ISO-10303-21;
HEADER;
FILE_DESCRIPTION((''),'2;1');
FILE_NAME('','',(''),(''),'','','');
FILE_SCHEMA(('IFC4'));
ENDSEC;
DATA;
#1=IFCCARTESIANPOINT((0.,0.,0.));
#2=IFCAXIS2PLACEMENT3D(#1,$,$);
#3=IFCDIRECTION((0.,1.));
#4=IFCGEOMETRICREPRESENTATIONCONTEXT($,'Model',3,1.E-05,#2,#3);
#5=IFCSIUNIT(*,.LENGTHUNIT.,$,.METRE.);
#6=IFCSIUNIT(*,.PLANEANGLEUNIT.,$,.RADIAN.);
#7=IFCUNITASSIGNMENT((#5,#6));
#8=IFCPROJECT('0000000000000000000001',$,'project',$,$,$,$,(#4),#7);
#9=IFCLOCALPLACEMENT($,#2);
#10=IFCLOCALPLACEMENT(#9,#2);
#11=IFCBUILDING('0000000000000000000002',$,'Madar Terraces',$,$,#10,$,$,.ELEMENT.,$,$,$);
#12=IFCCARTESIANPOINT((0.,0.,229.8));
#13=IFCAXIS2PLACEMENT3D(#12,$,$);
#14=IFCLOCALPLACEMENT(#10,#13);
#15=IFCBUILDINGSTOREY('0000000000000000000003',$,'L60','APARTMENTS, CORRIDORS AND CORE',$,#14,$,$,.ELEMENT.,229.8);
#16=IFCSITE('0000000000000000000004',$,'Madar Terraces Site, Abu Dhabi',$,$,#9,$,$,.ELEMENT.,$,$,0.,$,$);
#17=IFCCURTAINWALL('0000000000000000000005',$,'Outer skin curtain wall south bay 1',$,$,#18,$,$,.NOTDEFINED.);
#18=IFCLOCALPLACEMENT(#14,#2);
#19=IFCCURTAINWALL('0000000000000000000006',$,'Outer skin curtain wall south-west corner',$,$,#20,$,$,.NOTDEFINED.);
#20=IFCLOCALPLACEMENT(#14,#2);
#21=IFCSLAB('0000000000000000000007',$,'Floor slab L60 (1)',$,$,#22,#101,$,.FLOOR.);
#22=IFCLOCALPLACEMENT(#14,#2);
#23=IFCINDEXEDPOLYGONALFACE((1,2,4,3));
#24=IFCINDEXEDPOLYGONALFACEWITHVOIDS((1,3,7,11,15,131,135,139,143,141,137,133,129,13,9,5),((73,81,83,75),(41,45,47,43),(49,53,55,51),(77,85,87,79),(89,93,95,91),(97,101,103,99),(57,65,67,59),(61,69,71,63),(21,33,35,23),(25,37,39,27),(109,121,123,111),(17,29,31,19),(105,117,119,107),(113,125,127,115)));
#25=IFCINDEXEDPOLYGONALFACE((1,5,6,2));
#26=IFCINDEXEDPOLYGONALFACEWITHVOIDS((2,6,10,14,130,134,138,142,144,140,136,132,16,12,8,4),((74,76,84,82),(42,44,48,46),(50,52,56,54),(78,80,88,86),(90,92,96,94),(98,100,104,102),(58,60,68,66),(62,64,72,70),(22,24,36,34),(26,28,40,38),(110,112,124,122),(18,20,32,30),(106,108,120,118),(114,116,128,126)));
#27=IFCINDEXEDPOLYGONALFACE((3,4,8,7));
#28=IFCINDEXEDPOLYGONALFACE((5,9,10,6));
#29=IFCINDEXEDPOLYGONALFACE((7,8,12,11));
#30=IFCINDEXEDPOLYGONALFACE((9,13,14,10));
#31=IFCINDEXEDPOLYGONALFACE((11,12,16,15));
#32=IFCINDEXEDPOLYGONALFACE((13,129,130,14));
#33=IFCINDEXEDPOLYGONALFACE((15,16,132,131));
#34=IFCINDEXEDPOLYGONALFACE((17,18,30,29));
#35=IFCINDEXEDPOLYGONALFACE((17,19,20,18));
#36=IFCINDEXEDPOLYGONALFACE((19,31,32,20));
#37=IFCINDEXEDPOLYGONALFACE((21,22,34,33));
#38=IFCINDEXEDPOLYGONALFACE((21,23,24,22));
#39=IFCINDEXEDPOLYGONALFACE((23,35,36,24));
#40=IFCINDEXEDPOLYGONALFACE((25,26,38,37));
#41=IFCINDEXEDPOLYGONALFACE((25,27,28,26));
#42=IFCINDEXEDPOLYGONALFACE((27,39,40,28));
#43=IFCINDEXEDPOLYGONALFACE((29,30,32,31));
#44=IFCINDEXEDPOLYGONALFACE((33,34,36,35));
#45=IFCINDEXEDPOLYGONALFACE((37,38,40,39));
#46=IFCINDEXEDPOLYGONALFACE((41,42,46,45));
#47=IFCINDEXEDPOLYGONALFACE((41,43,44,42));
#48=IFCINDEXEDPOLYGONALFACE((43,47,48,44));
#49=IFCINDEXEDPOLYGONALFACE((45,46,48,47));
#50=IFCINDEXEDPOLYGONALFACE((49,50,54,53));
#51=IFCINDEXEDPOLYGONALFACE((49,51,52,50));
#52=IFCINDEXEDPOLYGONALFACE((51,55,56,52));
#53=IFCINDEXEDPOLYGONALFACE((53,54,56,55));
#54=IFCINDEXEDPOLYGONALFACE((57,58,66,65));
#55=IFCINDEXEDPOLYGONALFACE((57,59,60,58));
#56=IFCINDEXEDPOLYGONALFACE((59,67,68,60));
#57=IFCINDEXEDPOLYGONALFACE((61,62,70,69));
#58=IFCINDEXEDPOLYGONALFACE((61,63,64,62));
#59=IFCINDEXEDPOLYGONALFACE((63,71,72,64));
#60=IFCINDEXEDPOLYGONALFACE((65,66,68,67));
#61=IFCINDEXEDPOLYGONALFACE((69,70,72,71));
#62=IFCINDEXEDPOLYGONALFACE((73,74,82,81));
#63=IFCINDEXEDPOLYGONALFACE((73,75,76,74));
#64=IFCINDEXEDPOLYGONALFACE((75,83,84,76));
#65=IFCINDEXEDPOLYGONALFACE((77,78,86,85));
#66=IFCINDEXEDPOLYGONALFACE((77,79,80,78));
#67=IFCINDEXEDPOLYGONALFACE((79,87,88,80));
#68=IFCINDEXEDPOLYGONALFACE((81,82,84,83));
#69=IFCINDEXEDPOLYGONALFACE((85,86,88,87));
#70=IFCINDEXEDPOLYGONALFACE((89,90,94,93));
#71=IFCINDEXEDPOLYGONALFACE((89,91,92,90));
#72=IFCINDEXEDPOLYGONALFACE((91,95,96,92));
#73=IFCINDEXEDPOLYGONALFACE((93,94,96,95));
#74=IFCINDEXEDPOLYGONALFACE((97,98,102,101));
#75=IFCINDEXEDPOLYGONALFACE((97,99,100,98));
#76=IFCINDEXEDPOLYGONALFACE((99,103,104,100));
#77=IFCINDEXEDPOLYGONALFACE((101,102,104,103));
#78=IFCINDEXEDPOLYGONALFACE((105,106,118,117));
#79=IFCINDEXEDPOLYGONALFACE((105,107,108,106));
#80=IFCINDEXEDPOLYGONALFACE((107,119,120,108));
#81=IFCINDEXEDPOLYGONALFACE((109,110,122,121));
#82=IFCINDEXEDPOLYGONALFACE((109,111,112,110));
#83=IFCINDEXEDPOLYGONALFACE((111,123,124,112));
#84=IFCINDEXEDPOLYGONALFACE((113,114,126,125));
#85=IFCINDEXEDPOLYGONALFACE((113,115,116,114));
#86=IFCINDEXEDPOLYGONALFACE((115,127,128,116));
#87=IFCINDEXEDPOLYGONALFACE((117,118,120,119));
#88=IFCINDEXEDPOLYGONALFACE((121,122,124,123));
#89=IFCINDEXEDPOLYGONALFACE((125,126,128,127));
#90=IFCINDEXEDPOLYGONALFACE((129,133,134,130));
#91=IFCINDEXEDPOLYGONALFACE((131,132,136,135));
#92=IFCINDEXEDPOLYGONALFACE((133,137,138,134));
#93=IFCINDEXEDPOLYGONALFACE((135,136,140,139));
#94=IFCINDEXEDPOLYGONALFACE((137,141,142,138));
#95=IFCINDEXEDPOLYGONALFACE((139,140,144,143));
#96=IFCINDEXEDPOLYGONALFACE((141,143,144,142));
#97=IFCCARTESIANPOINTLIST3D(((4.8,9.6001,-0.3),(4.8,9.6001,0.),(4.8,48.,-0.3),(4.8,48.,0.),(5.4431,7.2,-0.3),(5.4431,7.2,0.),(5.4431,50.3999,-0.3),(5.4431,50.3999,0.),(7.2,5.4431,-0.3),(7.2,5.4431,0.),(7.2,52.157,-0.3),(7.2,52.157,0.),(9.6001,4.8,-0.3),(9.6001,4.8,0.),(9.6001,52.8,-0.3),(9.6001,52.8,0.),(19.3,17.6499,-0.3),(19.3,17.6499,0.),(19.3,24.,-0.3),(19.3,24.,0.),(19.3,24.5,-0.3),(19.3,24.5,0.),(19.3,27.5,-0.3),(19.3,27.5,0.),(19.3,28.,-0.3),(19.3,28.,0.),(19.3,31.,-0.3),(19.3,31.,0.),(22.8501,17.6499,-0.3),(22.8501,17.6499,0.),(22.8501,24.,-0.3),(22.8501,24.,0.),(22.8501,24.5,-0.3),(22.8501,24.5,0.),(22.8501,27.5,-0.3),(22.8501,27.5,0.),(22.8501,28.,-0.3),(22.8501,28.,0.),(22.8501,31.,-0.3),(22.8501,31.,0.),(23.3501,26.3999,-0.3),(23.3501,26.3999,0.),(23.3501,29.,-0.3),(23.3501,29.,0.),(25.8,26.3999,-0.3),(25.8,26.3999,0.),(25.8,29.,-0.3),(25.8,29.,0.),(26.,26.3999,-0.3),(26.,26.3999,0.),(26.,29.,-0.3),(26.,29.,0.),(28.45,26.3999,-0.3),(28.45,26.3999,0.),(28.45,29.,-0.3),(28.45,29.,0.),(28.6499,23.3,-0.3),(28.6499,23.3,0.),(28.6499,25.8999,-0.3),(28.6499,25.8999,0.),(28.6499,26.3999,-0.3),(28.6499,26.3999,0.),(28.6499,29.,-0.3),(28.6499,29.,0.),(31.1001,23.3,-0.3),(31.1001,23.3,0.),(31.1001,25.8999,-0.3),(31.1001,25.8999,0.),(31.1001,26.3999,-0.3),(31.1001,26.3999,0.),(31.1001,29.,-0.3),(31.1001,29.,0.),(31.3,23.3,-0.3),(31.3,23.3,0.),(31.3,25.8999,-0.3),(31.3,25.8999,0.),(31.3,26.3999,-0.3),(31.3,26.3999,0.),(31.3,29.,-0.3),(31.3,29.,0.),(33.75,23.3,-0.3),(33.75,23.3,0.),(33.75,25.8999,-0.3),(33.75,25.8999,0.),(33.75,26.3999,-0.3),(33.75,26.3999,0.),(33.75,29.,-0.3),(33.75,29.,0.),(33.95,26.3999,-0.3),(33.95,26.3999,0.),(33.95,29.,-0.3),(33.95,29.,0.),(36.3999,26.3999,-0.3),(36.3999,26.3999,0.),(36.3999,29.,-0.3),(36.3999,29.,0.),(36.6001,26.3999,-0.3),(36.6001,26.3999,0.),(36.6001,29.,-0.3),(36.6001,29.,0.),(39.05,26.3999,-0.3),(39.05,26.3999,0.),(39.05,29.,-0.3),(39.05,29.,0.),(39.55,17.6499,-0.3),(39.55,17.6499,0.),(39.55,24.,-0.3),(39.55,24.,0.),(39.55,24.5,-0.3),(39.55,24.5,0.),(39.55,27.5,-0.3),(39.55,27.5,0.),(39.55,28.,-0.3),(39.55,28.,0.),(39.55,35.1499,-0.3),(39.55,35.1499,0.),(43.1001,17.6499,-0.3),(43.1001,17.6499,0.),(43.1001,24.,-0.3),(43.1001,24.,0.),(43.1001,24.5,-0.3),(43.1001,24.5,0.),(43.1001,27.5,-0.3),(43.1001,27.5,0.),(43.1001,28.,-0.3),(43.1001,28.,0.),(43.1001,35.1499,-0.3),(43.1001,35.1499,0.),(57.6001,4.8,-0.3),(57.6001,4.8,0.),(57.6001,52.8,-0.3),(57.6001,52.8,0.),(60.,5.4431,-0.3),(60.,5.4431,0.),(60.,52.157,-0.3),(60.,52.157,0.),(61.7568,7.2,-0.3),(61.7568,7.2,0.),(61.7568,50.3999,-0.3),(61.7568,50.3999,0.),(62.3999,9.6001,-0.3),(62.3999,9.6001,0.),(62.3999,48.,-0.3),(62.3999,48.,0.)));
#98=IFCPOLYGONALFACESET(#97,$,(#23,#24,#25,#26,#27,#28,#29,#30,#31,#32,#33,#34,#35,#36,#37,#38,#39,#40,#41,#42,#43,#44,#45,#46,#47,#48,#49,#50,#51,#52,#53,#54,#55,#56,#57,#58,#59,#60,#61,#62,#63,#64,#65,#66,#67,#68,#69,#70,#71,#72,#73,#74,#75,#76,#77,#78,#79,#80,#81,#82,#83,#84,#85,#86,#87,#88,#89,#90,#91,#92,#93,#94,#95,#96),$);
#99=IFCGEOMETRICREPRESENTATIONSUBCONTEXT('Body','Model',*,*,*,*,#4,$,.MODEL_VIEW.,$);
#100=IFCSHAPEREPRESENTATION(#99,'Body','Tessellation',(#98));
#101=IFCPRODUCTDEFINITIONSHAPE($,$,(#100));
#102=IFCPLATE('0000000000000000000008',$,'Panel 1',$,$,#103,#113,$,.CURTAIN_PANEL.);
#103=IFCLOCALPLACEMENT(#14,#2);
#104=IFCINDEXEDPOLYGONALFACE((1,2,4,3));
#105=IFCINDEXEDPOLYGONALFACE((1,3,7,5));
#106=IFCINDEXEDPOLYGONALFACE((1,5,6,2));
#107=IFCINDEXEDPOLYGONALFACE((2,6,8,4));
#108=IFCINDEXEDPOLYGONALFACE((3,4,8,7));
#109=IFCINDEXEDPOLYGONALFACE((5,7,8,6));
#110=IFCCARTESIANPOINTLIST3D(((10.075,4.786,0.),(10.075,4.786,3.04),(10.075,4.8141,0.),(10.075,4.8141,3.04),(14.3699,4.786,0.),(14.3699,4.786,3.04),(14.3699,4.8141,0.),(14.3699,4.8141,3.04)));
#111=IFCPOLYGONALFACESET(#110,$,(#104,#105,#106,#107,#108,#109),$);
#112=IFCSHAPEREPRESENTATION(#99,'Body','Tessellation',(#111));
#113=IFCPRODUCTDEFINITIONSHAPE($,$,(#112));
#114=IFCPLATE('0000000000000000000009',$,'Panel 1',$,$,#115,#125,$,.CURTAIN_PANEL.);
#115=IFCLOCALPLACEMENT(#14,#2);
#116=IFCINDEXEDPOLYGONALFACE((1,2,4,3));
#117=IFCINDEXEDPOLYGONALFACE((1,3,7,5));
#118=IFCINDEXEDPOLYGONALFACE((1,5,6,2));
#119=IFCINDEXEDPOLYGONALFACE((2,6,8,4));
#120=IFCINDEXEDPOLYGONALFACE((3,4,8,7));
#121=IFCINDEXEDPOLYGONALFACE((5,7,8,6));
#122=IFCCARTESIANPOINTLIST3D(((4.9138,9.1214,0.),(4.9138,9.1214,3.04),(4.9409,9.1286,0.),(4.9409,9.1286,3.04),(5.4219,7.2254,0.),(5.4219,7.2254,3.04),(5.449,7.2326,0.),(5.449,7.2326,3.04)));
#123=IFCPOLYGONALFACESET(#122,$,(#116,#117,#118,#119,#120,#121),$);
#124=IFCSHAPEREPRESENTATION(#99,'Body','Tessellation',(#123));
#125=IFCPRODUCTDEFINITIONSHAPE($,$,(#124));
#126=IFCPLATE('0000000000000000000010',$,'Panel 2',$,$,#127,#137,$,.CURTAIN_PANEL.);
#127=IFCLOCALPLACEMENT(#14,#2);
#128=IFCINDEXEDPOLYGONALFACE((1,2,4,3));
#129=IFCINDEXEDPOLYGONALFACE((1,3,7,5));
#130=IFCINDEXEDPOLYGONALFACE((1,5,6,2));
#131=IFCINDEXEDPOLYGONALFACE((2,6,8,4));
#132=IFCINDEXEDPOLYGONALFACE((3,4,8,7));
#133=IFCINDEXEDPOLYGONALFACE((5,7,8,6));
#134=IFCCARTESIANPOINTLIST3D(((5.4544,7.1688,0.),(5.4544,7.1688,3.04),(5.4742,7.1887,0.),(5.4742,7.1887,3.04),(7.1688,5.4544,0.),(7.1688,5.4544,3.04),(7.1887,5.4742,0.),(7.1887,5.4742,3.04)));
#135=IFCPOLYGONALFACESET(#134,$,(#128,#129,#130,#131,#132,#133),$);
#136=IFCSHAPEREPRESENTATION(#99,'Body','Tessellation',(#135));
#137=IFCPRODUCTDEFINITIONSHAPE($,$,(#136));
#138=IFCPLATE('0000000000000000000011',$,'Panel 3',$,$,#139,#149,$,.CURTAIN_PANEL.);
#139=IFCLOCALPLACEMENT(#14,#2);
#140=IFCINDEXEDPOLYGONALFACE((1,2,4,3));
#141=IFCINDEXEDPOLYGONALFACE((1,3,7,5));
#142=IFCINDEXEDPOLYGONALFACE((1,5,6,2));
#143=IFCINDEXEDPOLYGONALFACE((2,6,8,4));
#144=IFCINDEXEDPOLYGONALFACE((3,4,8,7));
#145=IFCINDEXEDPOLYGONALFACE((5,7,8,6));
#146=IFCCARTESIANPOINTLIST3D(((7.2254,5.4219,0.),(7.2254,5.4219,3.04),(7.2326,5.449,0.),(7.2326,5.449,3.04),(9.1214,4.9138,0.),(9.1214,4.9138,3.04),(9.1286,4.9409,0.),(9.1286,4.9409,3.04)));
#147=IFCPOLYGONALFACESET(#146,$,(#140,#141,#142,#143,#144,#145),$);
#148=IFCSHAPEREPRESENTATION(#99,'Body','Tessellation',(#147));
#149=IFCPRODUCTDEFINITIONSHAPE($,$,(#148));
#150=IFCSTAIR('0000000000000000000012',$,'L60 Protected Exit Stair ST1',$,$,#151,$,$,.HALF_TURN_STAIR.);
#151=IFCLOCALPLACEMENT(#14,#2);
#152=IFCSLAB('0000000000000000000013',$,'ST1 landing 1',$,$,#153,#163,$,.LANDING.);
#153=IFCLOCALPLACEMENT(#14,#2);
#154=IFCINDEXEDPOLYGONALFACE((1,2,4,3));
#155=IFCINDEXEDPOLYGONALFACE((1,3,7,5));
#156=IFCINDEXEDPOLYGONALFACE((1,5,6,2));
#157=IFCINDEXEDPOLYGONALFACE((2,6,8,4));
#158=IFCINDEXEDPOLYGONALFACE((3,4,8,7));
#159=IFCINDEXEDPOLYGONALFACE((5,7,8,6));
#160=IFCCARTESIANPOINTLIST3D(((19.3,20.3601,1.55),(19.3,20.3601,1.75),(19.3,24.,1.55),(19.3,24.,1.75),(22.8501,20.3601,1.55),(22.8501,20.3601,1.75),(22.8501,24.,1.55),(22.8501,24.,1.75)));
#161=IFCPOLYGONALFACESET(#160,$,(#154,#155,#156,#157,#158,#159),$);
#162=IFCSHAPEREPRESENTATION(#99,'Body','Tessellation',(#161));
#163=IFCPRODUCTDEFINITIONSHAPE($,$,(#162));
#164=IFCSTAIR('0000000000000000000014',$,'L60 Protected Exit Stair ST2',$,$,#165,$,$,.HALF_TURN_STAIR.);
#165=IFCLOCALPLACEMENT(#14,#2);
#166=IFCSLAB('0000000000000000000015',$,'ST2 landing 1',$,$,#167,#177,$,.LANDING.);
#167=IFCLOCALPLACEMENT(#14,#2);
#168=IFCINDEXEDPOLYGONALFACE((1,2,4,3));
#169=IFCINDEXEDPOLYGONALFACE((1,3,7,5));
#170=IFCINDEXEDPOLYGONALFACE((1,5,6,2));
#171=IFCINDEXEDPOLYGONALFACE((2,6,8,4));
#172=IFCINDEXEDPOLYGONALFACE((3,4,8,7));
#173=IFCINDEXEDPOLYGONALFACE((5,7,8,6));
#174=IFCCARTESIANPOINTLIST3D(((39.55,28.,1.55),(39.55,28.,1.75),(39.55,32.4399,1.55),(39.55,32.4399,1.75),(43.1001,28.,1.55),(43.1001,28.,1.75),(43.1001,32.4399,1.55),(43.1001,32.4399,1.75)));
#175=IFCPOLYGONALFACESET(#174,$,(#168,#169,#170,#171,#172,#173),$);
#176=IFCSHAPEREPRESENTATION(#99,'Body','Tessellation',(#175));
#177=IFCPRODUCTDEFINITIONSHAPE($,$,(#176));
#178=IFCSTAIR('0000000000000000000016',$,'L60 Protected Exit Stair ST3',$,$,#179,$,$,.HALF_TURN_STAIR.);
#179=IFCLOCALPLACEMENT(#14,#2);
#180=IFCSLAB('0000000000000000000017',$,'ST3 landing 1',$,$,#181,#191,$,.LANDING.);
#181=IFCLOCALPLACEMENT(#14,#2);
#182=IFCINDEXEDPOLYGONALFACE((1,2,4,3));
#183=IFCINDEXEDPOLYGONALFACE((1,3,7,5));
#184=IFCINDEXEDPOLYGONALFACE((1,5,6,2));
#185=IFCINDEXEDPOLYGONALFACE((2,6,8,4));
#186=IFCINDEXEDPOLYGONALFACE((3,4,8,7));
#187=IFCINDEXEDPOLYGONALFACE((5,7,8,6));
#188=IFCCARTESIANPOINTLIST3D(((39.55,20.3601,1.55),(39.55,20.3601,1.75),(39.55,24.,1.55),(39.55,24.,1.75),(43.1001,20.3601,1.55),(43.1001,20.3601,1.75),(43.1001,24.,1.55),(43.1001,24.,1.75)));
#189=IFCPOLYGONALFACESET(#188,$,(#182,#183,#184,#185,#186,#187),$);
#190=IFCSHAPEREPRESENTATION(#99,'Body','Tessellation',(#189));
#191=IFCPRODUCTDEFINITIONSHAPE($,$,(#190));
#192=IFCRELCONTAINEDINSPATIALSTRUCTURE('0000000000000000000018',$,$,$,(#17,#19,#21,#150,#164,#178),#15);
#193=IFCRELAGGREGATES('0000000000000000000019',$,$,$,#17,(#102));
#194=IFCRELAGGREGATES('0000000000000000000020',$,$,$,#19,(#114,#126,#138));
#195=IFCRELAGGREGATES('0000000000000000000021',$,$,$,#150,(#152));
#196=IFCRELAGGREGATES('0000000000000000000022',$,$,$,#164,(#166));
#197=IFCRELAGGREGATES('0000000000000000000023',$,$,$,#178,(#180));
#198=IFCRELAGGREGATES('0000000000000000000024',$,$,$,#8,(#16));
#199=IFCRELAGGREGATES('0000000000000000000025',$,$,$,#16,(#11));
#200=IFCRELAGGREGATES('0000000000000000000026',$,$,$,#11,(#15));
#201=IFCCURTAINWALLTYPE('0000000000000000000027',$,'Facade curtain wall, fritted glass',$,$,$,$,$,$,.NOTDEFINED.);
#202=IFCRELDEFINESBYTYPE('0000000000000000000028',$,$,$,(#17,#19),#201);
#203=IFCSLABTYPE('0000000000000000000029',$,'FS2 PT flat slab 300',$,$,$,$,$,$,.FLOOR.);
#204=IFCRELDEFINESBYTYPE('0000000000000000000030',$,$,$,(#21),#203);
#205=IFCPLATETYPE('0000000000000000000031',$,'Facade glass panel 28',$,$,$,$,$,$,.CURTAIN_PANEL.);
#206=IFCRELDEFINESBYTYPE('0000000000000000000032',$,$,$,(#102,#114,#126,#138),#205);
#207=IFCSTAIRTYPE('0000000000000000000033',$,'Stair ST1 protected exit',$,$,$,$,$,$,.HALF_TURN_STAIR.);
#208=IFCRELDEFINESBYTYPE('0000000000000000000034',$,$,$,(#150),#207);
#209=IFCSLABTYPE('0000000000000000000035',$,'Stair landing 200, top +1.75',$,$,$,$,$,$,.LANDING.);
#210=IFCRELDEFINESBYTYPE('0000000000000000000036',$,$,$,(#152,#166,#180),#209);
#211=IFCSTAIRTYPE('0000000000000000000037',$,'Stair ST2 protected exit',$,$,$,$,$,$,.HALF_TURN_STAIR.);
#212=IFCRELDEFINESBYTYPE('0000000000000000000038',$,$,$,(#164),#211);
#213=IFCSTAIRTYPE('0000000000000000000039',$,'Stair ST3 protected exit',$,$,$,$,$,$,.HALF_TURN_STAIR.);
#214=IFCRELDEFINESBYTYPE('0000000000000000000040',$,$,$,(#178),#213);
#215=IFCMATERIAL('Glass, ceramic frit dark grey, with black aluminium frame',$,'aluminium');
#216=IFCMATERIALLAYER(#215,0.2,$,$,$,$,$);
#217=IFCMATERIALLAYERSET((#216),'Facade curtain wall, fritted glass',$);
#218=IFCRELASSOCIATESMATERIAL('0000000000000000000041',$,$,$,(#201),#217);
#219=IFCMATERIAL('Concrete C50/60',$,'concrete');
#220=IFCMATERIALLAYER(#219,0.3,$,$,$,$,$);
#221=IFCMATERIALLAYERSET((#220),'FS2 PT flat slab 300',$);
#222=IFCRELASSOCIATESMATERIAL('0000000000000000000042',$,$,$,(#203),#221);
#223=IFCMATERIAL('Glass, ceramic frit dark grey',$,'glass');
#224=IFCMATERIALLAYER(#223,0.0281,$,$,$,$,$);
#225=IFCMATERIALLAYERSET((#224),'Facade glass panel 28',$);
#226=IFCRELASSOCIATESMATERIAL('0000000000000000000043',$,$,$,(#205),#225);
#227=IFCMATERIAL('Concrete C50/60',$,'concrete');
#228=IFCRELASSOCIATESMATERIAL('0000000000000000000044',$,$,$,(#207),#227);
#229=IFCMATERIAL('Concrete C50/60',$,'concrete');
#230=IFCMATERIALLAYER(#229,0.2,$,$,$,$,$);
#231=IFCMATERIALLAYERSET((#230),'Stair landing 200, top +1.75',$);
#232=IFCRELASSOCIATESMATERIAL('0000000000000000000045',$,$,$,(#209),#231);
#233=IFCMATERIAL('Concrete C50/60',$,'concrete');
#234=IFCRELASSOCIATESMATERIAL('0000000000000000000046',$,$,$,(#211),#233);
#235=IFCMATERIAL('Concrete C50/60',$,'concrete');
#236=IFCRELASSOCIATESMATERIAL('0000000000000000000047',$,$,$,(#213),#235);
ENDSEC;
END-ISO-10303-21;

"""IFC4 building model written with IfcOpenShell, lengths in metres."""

from ifc_helpers import new_model, si_unit, direction, frame, origin, origin_2d, place, context, subcontext, project, spatial, polyline, rectangle, outline, extrude, material, layer, layer_set, type_object, element, aggregate, save


model = new_model("IFC4")

# Units and contexts
model_context = context("Model", 3, precision=1e-05, world=origin(), true_north=direction((0.0, 1.0)))
body_context = subcontext(model_context, "Body", "Model", "MODEL_VIEW")
ifc_project = project(units=[si_unit("LENGTHUNIT", "METRE"), si_unit("PLANEANGLEUNIT", "RADIAN")], contexts=[model_context])

# Site, building, storey
site_placement = place(None, origin())
site = spatial("IfcSite", under=ifc_project, at=site_placement, Name="Madar Terraces Site, Abu Dhabi", CompositionType="ELEMENT", RefElevation=0.0)
building_placement = place(site_placement, origin())
building = spatial("IfcBuilding", under=site, at=building_placement, Name="Madar Terraces", CompositionType="ELEMENT")
storey_placement = place(building_placement, frame((0.0, 0.0, 229.8)))
storey = spatial("IfcBuildingStorey", under=building, at=storey_placement, Name="L60", Description="APARTMENTS, CORRIDORS AND CORE", CompositionType="ELEMENT", Elevation=229.8)

# Curtain wall
ifc_material_1 = material(Name="Glass, ceramic frit dark grey, with black aluminium frame", Category="aluminium")
ifc_layer_1 = layer(ifc_material_1, 0.2)
ifc_layer_set_1 = layer_set([ifc_layer_1], Name="Facade curtain wall, fritted glass")
curtain_wall_type = type_object("IfcCurtainWallType", Name="Facade curtain wall, fritted glass", PredefinedType="NOTDEFINED", material=ifc_layer_set_1)
curtain_wall_1_placement = place(storey_placement, origin())
curtain_wall_1 = element("IfcCurtainWall", 1, at=curtain_wall_1_placement, inside=storey, type_object=curtain_wall_type, Name="Outer skin curtain wall south bay 1", PredefinedType="NOTDEFINED")

# Curtain wall
curtain_wall_2_placement = place(storey_placement, origin())
curtain_wall_2 = element("IfcCurtainWall", 2, at=curtain_wall_2_placement, inside=storey, type_object=curtain_wall_type, Name="Outer skin curtain wall south-west corner", PredefinedType="NOTDEFINED")

# Slab
ifc_material_2 = material(Name="Concrete C50/60", Category="concrete")
ifc_layer_2 = layer(ifc_material_2, 0.3)
ifc_layer_set_2 = layer_set([ifc_layer_2], Name="FS2 PT flat slab 300")
slab_type_1 = type_object("IfcSlabType", Name="FS2 PT flat slab 300", PredefinedType="FLOOR", material=ifc_layer_set_2)
slab_1_placement = place(storey_placement, frame((0.0, 0.0, -0.3)))
element("IfcSlab", 3, at=slab_1_placement, inside=storey, type_object=slab_type_1, Name="Floor slab L60 (1)", PredefinedType="FLOOR", context=body_context, shape_type="SweptSolid", body=[
    extrude(outline(polyline([(57.6001, 4.8), (60.0, 5.4431), (61.7568, 7.2), (62.3999, 9.6001), (62.3999, 48.0), (61.7568, 50.3999), (60.0, 52.157), (57.6001, 52.8), (9.6001, 52.8), (7.2, 52.157), (5.4431, 50.3999), (4.8, 48.0), (4.8, 9.6001), (5.4431, 7.2), (7.2, 5.4431), (9.6001, 4.8), (57.6001, 4.8)]), holes=[polyline([(22.8501, 17.6499), (19.3, 17.6499), (19.3, 24.0), (22.8501, 24.0), (22.8501, 17.6499)]), polyline([(28.6499, 23.3), (28.6499, 25.8999), (31.1001, 25.8999), (31.1001, 23.3), (28.6499, 23.3)]), polyline([(19.3, 24.5), (19.3, 27.5), (22.8501, 27.5), (22.8501, 24.5), (19.3, 24.5)]), polyline([(23.3501, 26.3999), (23.3501, 29.0), (25.8, 29.0), (25.8, 26.3999), (23.3501, 26.3999)]), polyline([(26.0, 26.3999), (26.0, 29.0), (28.45, 29.0), (28.45, 26.3999), (26.0, 26.3999)]), polyline([(28.6499, 26.3999), (28.6499, 29.0), (31.1001, 29.0), (31.1001, 26.3999), (28.6499, 26.3999)]), polyline([(19.3, 28.0), (19.3, 31.0), (22.8501, 31.0), (22.8501, 28.0), (19.3, 28.0)]), polyline([(43.1001, 17.6499), (39.55, 17.6499), (39.55, 24.0), (43.1001, 24.0), (43.1001, 17.6499)]), polyline([(31.3, 23.3), (31.3, 25.8999), (33.75, 25.8999), (33.75, 23.3), (31.3, 23.3)]), polyline([(39.55, 24.5), (39.55, 27.5), (43.1001, 27.5), (43.1001, 24.5), (39.55, 24.5)]), polyline([(31.3, 26.3999), (31.3, 29.0), (33.75, 29.0), (33.75, 26.3999), (31.3, 26.3999)]), polyline([(33.95, 26.3999), (33.95, 29.0), (36.3999, 29.0), (36.3999, 26.3999), (33.95, 26.3999)]), polyline([(36.6001, 26.3999), (36.6001, 29.0), (39.05, 29.0), (39.05, 26.3999), (36.6001, 26.3999)]), polyline([(39.55, 28.0), (39.55, 35.1499), (43.1001, 35.1499), (43.1001, 28.0), (39.55, 28.0)])]), origin(), (0.0, 0.0, 1.0), 0.3),
])

# Plates
ifc_material_3 = material(Name="Glass, ceramic frit dark grey", Category="glass")
ifc_layer_3 = layer(ifc_material_3, 0.0281)
ifc_layer_set_3 = layer_set([ifc_layer_3], Name="Facade glass panel 28")
plate_type = type_object("IfcPlateType", Name="Facade glass panel 28", PredefinedType="CURTAIN_PANEL", material=ifc_layer_set_3)
plate_1_placement = place(storey_placement, frame((12.2224, 4.8, 0.0), z_axis=(0.0, 0.0, 1.0), x_axis=(1.0, 0.0, 0.0)))
plate_1 = element("IfcPlate", 4, at=plate_1_placement, type_object=plate_type, Name="Panel 1", PredefinedType="CURTAIN_PANEL", context=body_context, shape_type="SweptSolid", body=[
    extrude(rectangle(XDim=4.2949, YDim=0.0281, at=origin_2d()), origin(), (0.0, 0.0, 1.0), 3.04),
])
aggregate(curtain_wall_1, [plate_1])
plate_2_placement = place(storey_placement, frame((5.1814, 8.177, 0.0), z_axis=(0.0, 0.0, 1.0), x_axis=(0.258819, -0.965926, 0.0)))
plate_2 = element("IfcPlate", 5, at=plate_2_placement, type_object=plate_type, Name="Panel 1", PredefinedType="CURTAIN_PANEL", context=body_context, shape_type="SweptSolid", body=[
    extrude(rectangle(XDim=1.9629, YDim=0.0281, at=origin_2d()), origin(), (0.0, 0.0, 1.0), 3.04),
])
plate_3_placement = place(storey_placement, frame((6.3215, 6.3215, 0.0), z_axis=(0.0, 0.0, 1.0), x_axis=(0.707107, -0.707107, 0.0)))
plate_3 = element("IfcPlate", 6, at=plate_3_placement, type_object=plate_type, Name="Panel 2", PredefinedType="CURTAIN_PANEL", context=body_context, shape_type="SweptSolid", body=[
    extrude(rectangle(XDim=2.4246, YDim=0.0281, at=origin_2d()), origin(), (0.0, 0.0, 1.0), 3.04),
])
plate_4_placement = place(storey_placement, frame((8.177, 5.1814, 0.0), z_axis=(0.0, 0.0, 1.0), x_axis=(0.965926, -0.258819, 0.0)))
plate_4 = element("IfcPlate", 7, at=plate_4_placement, type_object=plate_type, Name="Panel 3", PredefinedType="CURTAIN_PANEL", context=body_context, shape_type="SweptSolid", body=[
    extrude(rectangle(XDim=1.9629, YDim=0.0281, at=origin_2d()), origin(), (0.0, 0.0, 1.0), 3.04),
])
aggregate(curtain_wall_2, [plate_2, plate_3, plate_4])

# Stairs, slabs
ifc_material_4 = material(Name="Concrete C50/60", Category="concrete")
stair_type_1 = type_object("IfcStairType", Name="Stair ST1 protected exit", PredefinedType="HALF_TURN_STAIR", material=ifc_material_4)
stair_1_placement = place(storey_placement, origin())
stair_1 = element("IfcStair", 8, at=stair_1_placement, inside=storey, type_object=stair_type_1, Name="L60 Protected Exit Stair ST1", PredefinedType="HALF_TURN_STAIR")
ifc_material_5 = material(Name="Concrete C50/60", Category="concrete")
ifc_layer_4 = layer(ifc_material_5, 0.2)
ifc_layer_set_4 = layer_set([ifc_layer_4], Name="Stair landing 200, top +1.75")
slab_type_2 = type_object("IfcSlabType", Name="Stair landing 200, top +1.75", PredefinedType="LANDING", material=ifc_layer_set_4)
slab_2_placement = place(storey_placement, frame((0.0, 0.0, 1.55)))
slab_2 = element("IfcSlab", 9, at=slab_2_placement, type_object=slab_type_2, Name="ST1 landing 1", PredefinedType="LANDING", context=body_context, shape_type="SweptSolid", body=[
    extrude(outline(polyline([(19.3, 20.3601), (22.8501, 20.3601), (22.8501, 24.0), (19.3, 24.0), (19.3, 20.3601)])), origin(), (0.0, 0.0, 1.0), 0.2),
])
aggregate(stair_1, [slab_2])
ifc_material_6 = material(Name="Concrete C50/60", Category="concrete")
stair_type_2 = type_object("IfcStairType", Name="Stair ST2 protected exit", PredefinedType="HALF_TURN_STAIR", material=ifc_material_6)
stair_2_placement = place(storey_placement, origin())
stair_2 = element("IfcStair", 10, at=stair_2_placement, inside=storey, type_object=stair_type_2, Name="L60 Protected Exit Stair ST2", PredefinedType="HALF_TURN_STAIR")
slab_3_placement = place(storey_placement, frame((0.0, 0.0, 1.55)))
slab_3 = element("IfcSlab", 11, at=slab_3_placement, type_object=slab_type_2, Name="ST2 landing 1", PredefinedType="LANDING", context=body_context, shape_type="SweptSolid", body=[
    extrude(outline(polyline([(39.55, 28.0), (43.1001, 28.0), (43.1001, 32.4399), (39.55, 32.4399), (39.55, 28.0)])), origin(), (0.0, 0.0, 1.0), 0.2),
])
aggregate(stair_2, [slab_3])
ifc_material_7 = material(Name="Concrete C50/60", Category="concrete")
stair_type_3 = type_object("IfcStairType", Name="Stair ST3 protected exit", PredefinedType="HALF_TURN_STAIR", material=ifc_material_7)
stair_3_placement = place(storey_placement, origin())
stair_3 = element("IfcStair", 12, at=stair_3_placement, inside=storey, type_object=stair_type_3, Name="L60 Protected Exit Stair ST3", PredefinedType="HALF_TURN_STAIR")
slab_4_placement = place(storey_placement, frame((0.0, 0.0, 1.55)))
slab_4 = element("IfcSlab", 13, at=slab_4_placement, type_object=slab_type_2, Name="ST3 landing 1", PredefinedType="LANDING", context=body_context, shape_type="SweptSolid", body=[
    extrude(outline(polyline([(39.55, 20.3601), (43.1001, 20.3601), (43.1001, 24.0), (39.55, 24.0), (39.55, 20.3601)])), origin(), (0.0, 0.0, 1.0), 0.2),
])
aggregate(stair_3, [slab_4])

save(model, "model.ifc")
